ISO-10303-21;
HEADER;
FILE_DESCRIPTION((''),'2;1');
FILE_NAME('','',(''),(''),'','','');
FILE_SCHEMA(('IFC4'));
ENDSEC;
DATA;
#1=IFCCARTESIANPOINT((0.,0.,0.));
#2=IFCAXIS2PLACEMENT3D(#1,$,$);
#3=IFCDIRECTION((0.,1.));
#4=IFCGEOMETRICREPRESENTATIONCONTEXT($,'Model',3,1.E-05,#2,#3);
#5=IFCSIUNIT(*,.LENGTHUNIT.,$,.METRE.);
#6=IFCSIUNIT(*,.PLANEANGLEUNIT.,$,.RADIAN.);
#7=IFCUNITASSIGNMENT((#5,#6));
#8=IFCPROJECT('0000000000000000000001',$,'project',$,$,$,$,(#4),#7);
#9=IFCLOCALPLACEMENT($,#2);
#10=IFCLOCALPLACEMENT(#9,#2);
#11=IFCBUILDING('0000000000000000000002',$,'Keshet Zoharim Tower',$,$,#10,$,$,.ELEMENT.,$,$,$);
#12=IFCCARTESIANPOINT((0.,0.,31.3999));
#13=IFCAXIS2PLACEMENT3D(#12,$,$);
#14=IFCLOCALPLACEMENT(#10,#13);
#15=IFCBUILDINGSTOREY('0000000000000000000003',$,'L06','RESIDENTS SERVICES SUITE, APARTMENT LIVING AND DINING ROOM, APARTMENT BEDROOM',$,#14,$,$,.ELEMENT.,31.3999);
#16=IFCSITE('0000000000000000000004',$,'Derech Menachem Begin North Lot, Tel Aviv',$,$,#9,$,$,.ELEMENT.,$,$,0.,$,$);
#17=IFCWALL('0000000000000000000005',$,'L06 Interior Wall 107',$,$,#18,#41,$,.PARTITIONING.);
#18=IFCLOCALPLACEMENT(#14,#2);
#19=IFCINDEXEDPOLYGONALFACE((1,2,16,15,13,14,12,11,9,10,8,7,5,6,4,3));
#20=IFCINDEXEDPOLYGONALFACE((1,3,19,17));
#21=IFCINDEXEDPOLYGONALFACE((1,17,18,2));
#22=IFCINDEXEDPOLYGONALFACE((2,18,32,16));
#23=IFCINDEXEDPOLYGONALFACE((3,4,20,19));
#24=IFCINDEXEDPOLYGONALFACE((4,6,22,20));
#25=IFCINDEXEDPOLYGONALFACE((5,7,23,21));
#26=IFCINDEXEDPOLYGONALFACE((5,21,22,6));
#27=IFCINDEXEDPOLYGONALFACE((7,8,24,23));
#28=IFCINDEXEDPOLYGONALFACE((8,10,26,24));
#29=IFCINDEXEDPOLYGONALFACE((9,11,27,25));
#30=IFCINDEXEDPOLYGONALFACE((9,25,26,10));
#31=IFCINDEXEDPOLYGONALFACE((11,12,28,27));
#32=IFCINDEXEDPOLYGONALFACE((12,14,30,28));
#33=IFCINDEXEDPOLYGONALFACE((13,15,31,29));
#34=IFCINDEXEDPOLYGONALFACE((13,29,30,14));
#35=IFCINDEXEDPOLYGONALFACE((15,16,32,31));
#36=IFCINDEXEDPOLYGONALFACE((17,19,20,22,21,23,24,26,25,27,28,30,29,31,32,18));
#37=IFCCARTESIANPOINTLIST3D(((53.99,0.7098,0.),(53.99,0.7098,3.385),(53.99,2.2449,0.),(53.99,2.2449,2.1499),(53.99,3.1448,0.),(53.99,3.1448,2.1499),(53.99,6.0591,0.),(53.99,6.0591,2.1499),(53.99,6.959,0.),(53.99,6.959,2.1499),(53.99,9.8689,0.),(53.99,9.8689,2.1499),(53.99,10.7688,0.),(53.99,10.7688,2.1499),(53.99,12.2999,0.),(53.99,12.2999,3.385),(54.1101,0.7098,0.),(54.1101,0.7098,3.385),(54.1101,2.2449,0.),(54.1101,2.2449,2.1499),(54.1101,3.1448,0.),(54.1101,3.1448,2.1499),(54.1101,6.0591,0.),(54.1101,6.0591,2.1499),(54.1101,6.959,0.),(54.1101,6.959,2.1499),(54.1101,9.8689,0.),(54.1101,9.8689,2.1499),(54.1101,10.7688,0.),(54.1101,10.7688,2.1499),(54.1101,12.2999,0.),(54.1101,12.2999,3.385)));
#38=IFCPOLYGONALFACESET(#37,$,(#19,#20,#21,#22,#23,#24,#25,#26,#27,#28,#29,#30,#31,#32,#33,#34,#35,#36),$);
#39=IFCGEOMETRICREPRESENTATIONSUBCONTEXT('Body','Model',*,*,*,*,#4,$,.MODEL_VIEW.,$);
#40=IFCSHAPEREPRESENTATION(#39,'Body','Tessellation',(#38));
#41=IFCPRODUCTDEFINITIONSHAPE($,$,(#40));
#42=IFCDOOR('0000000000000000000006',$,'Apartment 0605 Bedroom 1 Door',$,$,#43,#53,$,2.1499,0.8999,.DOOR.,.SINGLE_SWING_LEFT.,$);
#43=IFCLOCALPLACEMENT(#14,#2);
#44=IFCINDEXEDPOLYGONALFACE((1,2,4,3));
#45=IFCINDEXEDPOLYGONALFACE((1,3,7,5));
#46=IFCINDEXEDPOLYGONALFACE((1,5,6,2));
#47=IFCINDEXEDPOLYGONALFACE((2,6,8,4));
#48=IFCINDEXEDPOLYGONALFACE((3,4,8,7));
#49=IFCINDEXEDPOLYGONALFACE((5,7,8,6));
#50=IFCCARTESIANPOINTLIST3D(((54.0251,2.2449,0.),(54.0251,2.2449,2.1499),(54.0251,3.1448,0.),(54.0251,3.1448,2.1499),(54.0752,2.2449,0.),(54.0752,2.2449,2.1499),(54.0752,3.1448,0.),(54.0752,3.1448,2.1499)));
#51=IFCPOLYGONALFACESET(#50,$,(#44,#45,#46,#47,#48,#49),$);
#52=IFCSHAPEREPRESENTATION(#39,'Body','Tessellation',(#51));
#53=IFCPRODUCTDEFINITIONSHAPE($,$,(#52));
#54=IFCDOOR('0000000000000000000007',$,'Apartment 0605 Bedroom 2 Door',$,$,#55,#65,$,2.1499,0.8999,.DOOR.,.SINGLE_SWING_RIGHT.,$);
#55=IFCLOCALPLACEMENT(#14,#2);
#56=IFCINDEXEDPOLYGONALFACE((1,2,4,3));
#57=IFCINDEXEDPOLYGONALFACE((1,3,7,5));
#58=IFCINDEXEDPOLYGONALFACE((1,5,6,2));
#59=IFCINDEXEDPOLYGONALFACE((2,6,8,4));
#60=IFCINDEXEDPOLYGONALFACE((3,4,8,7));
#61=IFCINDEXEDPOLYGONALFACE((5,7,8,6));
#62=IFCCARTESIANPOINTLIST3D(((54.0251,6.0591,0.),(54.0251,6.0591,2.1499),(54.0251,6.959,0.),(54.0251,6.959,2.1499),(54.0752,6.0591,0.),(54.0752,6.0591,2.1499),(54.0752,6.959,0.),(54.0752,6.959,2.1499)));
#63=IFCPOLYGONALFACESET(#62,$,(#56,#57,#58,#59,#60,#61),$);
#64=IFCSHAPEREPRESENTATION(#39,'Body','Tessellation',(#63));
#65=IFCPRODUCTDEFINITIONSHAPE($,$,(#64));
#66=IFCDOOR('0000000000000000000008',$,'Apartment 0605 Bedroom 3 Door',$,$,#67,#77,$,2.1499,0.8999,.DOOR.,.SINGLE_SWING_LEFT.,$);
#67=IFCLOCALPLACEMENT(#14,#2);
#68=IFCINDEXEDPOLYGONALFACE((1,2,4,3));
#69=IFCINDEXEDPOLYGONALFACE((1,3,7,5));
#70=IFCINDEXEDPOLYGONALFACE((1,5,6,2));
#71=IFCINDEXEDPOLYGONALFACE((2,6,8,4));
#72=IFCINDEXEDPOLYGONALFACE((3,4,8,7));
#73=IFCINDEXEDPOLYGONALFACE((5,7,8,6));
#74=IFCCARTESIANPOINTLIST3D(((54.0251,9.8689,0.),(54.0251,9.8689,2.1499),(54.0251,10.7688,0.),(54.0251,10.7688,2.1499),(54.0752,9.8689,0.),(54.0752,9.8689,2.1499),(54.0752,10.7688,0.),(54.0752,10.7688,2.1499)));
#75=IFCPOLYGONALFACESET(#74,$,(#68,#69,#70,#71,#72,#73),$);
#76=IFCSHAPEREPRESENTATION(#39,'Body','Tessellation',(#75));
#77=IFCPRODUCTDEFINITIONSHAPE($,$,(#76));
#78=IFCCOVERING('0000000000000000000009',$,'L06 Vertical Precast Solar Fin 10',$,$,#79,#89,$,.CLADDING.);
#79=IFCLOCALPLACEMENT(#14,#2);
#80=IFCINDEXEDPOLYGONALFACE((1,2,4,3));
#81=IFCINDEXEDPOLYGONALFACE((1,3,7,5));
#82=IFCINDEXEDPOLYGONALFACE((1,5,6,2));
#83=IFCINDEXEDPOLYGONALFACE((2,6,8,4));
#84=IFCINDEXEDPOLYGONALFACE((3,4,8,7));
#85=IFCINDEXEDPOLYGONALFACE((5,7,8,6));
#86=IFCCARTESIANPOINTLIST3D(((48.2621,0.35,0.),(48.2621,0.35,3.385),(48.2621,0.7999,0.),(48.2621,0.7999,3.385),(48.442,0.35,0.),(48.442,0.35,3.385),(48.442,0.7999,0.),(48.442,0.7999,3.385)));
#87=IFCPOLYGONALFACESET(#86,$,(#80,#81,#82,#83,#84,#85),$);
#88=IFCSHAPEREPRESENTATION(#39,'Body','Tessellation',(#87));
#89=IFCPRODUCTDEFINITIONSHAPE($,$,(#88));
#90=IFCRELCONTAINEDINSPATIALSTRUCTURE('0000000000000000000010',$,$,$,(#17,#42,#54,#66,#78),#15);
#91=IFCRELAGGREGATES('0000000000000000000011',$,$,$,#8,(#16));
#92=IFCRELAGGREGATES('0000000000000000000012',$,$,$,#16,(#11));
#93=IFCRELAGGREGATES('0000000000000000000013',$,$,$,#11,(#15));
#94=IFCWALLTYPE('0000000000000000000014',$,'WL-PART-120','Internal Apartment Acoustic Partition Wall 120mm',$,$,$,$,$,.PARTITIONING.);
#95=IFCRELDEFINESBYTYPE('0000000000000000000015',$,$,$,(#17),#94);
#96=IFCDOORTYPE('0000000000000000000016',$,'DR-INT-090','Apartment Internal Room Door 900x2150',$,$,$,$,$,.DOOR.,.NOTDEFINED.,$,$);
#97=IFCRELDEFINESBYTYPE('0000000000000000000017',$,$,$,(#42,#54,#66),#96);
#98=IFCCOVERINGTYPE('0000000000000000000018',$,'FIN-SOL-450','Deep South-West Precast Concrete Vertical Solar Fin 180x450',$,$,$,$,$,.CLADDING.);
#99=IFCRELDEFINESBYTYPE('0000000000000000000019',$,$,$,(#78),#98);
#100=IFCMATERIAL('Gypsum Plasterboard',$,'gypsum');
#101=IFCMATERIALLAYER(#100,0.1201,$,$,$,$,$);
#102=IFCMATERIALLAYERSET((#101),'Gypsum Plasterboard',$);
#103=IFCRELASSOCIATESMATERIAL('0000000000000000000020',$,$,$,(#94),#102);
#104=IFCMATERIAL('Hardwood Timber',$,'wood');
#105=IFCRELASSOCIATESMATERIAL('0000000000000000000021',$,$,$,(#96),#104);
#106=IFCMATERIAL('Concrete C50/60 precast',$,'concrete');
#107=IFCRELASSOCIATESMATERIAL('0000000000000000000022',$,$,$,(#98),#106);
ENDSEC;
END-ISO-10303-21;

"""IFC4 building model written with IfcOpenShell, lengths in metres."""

from ifc_helpers import new_model, si_unit, direction, frame, frame_2d, origin, origin_2d, place, context, subcontext, project, spatial, rectangle, extrude, material, layer, layer_set, type_object, element, fill, save


model = new_model("IFC4")

# Units and contexts
model_context = context("Model", 3, precision=1e-05, world=origin(), true_north=direction((0.0, 1.0)))
body_context = subcontext(model_context, "Body", "Model", "MODEL_VIEW")
ifc_project = project(units=[si_unit("LENGTHUNIT", "METRE"), si_unit("PLANEANGLEUNIT", "RADIAN")], contexts=[model_context])

# Site, building, storey
site_placement = place(None, origin())
site = spatial("IfcSite", under=ifc_project, at=site_placement, Name="Derech Menachem Begin North Lot, Tel Aviv", CompositionType="ELEMENT", RefElevation=0.0)
building_placement = place(site_placement, origin())
building = spatial("IfcBuilding", under=site, at=building_placement, Name="Keshet Zoharim Tower", CompositionType="ELEMENT")
storey_placement = place(building_placement, frame((0.0, 0.0, 31.3999)))
storey = spatial("IfcBuildingStorey", under=building, at=storey_placement, Name="L06", Description="RESIDENTS SERVICES SUITE, APARTMENT LIVING AND DINING ROOM, APARTMENT BEDROOM", CompositionType="ELEMENT", Elevation=31.3999)

# Shared definitions
ifc_material_1 = material(Name="Gypsum Plasterboard", Category="gypsum")
ifc_layer_1 = layer(ifc_material_1, 0.1201)
ifc_layer_set_1 = layer_set([ifc_layer_1], Name="Gypsum Plasterboard")
wall_type = type_object("IfcWallType", Name="WL-PART-120", Description="Internal Apartment Acoustic Partition Wall 120mm", PredefinedType="PARTITIONING", material=ifc_layer_set_1)

# Wall, openings, doors
wall_1_placement = place(storey_placement, frame((54.05, 0.71, 0.0), z_axis=(0.0, 0.0, 1.0), x_axis=(0.0, 1.0, 0.0)))
wall_1 = element("IfcWall", 1, at=wall_1_placement, inside=storey, type_object=wall_type, Name="L06 Interior Wall 107", PredefinedType="PARTITIONING", context=body_context, shape_type="SweptSolid", body=[
    extrude(rectangle(XDim=11.5901, YDim=0.1201, at=frame_2d((5.7949, 0.0))), origin(), (0.0, 0.0, 1.0), 3.385),
])
opening_1_placement = place(wall_1_placement, frame((1.5349, 0.0, 0.0)))
opening_1 = element("IfcOpeningElement", 2, at=opening_1_placement, cuts=wall_1, PredefinedType="OPENING", context=body_context, shape_type="SweptSolid", body=[
    extrude(rectangle(XDim=0.8999, YDim=2.1499, at=frame_2d((0.45, 1.075))), frame((0.0, 0.0701, 0.0), z_axis=(0.0, -1.0, 0.0), x_axis=(1.0, 0.0, 0.0)), (0.0, 0.0, 1.0), 0.1401),
])
opening_2_placement = place(wall_1_placement, frame((5.3491, 0.0, 0.0)))
opening_2 = element("IfcOpeningElement", 3, at=opening_2_placement, cuts=wall_1, PredefinedType="OPENING", context=body_context, shape_type="SweptSolid", body=[
    extrude(rectangle(XDim=0.8999, YDim=2.1499, at=frame_2d((0.45, 1.075))), frame((0.0, 0.0701, 0.0), z_axis=(0.0, -1.0, 0.0), x_axis=(1.0, 0.0, 0.0)), (0.0, 0.0, 1.0), 0.1401),
])
opening_3_placement = place(wall_1_placement, frame((9.1589, 0.0, 0.0)))
opening_3 = element("IfcOpeningElement", 4, at=opening_3_placement, cuts=wall_1, PredefinedType="OPENING", context=body_context, shape_type="SweptSolid", body=[
    extrude(rectangle(XDim=0.8999, YDim=2.1499, at=frame_2d((0.45, 1.075))), frame((0.0, 0.0701, 0.0), z_axis=(0.0, -1.0, 0.0), x_axis=(1.0, 0.0, 0.0)), (0.0, 0.0, 1.0), 0.1401),
])
ifc_material_2 = material(Name="Hardwood Timber", Category="wood")
door_type = type_object("IfcDoorType", Name="DR-INT-090", Description="Apartment Internal Room Door 900x2150", OperationType="NOTDEFINED", PredefinedType="DOOR", material=ifc_material_2)
door_1_placement = place(opening_1_placement, origin())
door_1 = element("IfcDoor", 5, at=door_1_placement, inside=storey, type_object=door_type, Name="Apartment 0605 Bedroom 1 Door", OperationType="SINGLE_SWING_LEFT", OverallHeight=2.1499, OverallWidth=0.8999, PredefinedType="DOOR", context=body_context, shape_type="SweptSolid", body=[
    extrude(rectangle(XDim=0.8999, YDim=2.1499, at=frame_2d((0.45, 1.075))), frame((0.0, 0.0249, 0.0), z_axis=(0.0, -1.0, 0.0), x_axis=(1.0, 0.0, 0.0)), (0.0, 0.0, 1.0), 0.05),
])
fill(opening_1, door_1)
door_2_placement = place(opening_2_placement, origin())
door_2 = element("IfcDoor", 6, at=door_2_placement, inside=storey, type_object=door_type, Name="Apartment 0605 Bedroom 2 Door", OperationType="SINGLE_SWING_RIGHT", OverallHeight=2.1499, OverallWidth=0.8999, PredefinedType="DOOR", context=body_context, shape_type="SweptSolid", body=[
    extrude(rectangle(XDim=0.8999, YDim=2.1499, at=frame_2d((0.45, 1.075))), frame((0.0, 0.0249, 0.0), z_axis=(0.0, -1.0, 0.0), x_axis=(1.0, 0.0, 0.0)), (0.0, 0.0, 1.0), 0.05),
])
fill(opening_2, door_2)
door_3_placement = place(opening_3_placement, origin())
door_3 = element("IfcDoor", 7, at=door_3_placement, inside=storey, type_object=door_type, Name="Apartment 0605 Bedroom 3 Door", OperationType="SINGLE_SWING_LEFT", OverallHeight=2.1499, OverallWidth=0.8999, PredefinedType="DOOR", context=body_context, shape_type="SweptSolid", body=[
    extrude(rectangle(XDim=0.8999, YDim=2.1499, at=frame_2d((0.45, 1.075))), frame((0.0, 0.0249, 0.0), z_axis=(0.0, -1.0, 0.0), x_axis=(1.0, 0.0, 0.0)), (0.0, 0.0, 1.0), 0.05),
])
fill(opening_3, door_3)

# Covering
ifc_material_3 = material(Name="Concrete C50/60 precast", Category="concrete")
covering_type = type_object("IfcCoveringType", Name="FIN-SOL-450", Description="Deep South-West Precast Concrete Vertical Solar Fin 180x450", PredefinedType="CLADDING", material=ifc_material_3)
covering_placement = place(storey_placement, frame((48.3521, 0.575, 0.0), z_axis=(0.0, 0.0, 1.0), x_axis=(-1.0, 0.0, 0.0)))
element("IfcCovering", 8, at=covering_placement, inside=storey, type_object=covering_type, Name="L06 Vertical Precast Solar Fin 10", PredefinedType="CLADDING", context=body_context, shape_type="SweptSolid", body=[
    extrude(rectangle(XDim=0.1799, YDim=0.45, at=origin_2d()), origin(), (0.0, 0.0, 1.0), 3.385),
])

save(model, "model.ifc")
